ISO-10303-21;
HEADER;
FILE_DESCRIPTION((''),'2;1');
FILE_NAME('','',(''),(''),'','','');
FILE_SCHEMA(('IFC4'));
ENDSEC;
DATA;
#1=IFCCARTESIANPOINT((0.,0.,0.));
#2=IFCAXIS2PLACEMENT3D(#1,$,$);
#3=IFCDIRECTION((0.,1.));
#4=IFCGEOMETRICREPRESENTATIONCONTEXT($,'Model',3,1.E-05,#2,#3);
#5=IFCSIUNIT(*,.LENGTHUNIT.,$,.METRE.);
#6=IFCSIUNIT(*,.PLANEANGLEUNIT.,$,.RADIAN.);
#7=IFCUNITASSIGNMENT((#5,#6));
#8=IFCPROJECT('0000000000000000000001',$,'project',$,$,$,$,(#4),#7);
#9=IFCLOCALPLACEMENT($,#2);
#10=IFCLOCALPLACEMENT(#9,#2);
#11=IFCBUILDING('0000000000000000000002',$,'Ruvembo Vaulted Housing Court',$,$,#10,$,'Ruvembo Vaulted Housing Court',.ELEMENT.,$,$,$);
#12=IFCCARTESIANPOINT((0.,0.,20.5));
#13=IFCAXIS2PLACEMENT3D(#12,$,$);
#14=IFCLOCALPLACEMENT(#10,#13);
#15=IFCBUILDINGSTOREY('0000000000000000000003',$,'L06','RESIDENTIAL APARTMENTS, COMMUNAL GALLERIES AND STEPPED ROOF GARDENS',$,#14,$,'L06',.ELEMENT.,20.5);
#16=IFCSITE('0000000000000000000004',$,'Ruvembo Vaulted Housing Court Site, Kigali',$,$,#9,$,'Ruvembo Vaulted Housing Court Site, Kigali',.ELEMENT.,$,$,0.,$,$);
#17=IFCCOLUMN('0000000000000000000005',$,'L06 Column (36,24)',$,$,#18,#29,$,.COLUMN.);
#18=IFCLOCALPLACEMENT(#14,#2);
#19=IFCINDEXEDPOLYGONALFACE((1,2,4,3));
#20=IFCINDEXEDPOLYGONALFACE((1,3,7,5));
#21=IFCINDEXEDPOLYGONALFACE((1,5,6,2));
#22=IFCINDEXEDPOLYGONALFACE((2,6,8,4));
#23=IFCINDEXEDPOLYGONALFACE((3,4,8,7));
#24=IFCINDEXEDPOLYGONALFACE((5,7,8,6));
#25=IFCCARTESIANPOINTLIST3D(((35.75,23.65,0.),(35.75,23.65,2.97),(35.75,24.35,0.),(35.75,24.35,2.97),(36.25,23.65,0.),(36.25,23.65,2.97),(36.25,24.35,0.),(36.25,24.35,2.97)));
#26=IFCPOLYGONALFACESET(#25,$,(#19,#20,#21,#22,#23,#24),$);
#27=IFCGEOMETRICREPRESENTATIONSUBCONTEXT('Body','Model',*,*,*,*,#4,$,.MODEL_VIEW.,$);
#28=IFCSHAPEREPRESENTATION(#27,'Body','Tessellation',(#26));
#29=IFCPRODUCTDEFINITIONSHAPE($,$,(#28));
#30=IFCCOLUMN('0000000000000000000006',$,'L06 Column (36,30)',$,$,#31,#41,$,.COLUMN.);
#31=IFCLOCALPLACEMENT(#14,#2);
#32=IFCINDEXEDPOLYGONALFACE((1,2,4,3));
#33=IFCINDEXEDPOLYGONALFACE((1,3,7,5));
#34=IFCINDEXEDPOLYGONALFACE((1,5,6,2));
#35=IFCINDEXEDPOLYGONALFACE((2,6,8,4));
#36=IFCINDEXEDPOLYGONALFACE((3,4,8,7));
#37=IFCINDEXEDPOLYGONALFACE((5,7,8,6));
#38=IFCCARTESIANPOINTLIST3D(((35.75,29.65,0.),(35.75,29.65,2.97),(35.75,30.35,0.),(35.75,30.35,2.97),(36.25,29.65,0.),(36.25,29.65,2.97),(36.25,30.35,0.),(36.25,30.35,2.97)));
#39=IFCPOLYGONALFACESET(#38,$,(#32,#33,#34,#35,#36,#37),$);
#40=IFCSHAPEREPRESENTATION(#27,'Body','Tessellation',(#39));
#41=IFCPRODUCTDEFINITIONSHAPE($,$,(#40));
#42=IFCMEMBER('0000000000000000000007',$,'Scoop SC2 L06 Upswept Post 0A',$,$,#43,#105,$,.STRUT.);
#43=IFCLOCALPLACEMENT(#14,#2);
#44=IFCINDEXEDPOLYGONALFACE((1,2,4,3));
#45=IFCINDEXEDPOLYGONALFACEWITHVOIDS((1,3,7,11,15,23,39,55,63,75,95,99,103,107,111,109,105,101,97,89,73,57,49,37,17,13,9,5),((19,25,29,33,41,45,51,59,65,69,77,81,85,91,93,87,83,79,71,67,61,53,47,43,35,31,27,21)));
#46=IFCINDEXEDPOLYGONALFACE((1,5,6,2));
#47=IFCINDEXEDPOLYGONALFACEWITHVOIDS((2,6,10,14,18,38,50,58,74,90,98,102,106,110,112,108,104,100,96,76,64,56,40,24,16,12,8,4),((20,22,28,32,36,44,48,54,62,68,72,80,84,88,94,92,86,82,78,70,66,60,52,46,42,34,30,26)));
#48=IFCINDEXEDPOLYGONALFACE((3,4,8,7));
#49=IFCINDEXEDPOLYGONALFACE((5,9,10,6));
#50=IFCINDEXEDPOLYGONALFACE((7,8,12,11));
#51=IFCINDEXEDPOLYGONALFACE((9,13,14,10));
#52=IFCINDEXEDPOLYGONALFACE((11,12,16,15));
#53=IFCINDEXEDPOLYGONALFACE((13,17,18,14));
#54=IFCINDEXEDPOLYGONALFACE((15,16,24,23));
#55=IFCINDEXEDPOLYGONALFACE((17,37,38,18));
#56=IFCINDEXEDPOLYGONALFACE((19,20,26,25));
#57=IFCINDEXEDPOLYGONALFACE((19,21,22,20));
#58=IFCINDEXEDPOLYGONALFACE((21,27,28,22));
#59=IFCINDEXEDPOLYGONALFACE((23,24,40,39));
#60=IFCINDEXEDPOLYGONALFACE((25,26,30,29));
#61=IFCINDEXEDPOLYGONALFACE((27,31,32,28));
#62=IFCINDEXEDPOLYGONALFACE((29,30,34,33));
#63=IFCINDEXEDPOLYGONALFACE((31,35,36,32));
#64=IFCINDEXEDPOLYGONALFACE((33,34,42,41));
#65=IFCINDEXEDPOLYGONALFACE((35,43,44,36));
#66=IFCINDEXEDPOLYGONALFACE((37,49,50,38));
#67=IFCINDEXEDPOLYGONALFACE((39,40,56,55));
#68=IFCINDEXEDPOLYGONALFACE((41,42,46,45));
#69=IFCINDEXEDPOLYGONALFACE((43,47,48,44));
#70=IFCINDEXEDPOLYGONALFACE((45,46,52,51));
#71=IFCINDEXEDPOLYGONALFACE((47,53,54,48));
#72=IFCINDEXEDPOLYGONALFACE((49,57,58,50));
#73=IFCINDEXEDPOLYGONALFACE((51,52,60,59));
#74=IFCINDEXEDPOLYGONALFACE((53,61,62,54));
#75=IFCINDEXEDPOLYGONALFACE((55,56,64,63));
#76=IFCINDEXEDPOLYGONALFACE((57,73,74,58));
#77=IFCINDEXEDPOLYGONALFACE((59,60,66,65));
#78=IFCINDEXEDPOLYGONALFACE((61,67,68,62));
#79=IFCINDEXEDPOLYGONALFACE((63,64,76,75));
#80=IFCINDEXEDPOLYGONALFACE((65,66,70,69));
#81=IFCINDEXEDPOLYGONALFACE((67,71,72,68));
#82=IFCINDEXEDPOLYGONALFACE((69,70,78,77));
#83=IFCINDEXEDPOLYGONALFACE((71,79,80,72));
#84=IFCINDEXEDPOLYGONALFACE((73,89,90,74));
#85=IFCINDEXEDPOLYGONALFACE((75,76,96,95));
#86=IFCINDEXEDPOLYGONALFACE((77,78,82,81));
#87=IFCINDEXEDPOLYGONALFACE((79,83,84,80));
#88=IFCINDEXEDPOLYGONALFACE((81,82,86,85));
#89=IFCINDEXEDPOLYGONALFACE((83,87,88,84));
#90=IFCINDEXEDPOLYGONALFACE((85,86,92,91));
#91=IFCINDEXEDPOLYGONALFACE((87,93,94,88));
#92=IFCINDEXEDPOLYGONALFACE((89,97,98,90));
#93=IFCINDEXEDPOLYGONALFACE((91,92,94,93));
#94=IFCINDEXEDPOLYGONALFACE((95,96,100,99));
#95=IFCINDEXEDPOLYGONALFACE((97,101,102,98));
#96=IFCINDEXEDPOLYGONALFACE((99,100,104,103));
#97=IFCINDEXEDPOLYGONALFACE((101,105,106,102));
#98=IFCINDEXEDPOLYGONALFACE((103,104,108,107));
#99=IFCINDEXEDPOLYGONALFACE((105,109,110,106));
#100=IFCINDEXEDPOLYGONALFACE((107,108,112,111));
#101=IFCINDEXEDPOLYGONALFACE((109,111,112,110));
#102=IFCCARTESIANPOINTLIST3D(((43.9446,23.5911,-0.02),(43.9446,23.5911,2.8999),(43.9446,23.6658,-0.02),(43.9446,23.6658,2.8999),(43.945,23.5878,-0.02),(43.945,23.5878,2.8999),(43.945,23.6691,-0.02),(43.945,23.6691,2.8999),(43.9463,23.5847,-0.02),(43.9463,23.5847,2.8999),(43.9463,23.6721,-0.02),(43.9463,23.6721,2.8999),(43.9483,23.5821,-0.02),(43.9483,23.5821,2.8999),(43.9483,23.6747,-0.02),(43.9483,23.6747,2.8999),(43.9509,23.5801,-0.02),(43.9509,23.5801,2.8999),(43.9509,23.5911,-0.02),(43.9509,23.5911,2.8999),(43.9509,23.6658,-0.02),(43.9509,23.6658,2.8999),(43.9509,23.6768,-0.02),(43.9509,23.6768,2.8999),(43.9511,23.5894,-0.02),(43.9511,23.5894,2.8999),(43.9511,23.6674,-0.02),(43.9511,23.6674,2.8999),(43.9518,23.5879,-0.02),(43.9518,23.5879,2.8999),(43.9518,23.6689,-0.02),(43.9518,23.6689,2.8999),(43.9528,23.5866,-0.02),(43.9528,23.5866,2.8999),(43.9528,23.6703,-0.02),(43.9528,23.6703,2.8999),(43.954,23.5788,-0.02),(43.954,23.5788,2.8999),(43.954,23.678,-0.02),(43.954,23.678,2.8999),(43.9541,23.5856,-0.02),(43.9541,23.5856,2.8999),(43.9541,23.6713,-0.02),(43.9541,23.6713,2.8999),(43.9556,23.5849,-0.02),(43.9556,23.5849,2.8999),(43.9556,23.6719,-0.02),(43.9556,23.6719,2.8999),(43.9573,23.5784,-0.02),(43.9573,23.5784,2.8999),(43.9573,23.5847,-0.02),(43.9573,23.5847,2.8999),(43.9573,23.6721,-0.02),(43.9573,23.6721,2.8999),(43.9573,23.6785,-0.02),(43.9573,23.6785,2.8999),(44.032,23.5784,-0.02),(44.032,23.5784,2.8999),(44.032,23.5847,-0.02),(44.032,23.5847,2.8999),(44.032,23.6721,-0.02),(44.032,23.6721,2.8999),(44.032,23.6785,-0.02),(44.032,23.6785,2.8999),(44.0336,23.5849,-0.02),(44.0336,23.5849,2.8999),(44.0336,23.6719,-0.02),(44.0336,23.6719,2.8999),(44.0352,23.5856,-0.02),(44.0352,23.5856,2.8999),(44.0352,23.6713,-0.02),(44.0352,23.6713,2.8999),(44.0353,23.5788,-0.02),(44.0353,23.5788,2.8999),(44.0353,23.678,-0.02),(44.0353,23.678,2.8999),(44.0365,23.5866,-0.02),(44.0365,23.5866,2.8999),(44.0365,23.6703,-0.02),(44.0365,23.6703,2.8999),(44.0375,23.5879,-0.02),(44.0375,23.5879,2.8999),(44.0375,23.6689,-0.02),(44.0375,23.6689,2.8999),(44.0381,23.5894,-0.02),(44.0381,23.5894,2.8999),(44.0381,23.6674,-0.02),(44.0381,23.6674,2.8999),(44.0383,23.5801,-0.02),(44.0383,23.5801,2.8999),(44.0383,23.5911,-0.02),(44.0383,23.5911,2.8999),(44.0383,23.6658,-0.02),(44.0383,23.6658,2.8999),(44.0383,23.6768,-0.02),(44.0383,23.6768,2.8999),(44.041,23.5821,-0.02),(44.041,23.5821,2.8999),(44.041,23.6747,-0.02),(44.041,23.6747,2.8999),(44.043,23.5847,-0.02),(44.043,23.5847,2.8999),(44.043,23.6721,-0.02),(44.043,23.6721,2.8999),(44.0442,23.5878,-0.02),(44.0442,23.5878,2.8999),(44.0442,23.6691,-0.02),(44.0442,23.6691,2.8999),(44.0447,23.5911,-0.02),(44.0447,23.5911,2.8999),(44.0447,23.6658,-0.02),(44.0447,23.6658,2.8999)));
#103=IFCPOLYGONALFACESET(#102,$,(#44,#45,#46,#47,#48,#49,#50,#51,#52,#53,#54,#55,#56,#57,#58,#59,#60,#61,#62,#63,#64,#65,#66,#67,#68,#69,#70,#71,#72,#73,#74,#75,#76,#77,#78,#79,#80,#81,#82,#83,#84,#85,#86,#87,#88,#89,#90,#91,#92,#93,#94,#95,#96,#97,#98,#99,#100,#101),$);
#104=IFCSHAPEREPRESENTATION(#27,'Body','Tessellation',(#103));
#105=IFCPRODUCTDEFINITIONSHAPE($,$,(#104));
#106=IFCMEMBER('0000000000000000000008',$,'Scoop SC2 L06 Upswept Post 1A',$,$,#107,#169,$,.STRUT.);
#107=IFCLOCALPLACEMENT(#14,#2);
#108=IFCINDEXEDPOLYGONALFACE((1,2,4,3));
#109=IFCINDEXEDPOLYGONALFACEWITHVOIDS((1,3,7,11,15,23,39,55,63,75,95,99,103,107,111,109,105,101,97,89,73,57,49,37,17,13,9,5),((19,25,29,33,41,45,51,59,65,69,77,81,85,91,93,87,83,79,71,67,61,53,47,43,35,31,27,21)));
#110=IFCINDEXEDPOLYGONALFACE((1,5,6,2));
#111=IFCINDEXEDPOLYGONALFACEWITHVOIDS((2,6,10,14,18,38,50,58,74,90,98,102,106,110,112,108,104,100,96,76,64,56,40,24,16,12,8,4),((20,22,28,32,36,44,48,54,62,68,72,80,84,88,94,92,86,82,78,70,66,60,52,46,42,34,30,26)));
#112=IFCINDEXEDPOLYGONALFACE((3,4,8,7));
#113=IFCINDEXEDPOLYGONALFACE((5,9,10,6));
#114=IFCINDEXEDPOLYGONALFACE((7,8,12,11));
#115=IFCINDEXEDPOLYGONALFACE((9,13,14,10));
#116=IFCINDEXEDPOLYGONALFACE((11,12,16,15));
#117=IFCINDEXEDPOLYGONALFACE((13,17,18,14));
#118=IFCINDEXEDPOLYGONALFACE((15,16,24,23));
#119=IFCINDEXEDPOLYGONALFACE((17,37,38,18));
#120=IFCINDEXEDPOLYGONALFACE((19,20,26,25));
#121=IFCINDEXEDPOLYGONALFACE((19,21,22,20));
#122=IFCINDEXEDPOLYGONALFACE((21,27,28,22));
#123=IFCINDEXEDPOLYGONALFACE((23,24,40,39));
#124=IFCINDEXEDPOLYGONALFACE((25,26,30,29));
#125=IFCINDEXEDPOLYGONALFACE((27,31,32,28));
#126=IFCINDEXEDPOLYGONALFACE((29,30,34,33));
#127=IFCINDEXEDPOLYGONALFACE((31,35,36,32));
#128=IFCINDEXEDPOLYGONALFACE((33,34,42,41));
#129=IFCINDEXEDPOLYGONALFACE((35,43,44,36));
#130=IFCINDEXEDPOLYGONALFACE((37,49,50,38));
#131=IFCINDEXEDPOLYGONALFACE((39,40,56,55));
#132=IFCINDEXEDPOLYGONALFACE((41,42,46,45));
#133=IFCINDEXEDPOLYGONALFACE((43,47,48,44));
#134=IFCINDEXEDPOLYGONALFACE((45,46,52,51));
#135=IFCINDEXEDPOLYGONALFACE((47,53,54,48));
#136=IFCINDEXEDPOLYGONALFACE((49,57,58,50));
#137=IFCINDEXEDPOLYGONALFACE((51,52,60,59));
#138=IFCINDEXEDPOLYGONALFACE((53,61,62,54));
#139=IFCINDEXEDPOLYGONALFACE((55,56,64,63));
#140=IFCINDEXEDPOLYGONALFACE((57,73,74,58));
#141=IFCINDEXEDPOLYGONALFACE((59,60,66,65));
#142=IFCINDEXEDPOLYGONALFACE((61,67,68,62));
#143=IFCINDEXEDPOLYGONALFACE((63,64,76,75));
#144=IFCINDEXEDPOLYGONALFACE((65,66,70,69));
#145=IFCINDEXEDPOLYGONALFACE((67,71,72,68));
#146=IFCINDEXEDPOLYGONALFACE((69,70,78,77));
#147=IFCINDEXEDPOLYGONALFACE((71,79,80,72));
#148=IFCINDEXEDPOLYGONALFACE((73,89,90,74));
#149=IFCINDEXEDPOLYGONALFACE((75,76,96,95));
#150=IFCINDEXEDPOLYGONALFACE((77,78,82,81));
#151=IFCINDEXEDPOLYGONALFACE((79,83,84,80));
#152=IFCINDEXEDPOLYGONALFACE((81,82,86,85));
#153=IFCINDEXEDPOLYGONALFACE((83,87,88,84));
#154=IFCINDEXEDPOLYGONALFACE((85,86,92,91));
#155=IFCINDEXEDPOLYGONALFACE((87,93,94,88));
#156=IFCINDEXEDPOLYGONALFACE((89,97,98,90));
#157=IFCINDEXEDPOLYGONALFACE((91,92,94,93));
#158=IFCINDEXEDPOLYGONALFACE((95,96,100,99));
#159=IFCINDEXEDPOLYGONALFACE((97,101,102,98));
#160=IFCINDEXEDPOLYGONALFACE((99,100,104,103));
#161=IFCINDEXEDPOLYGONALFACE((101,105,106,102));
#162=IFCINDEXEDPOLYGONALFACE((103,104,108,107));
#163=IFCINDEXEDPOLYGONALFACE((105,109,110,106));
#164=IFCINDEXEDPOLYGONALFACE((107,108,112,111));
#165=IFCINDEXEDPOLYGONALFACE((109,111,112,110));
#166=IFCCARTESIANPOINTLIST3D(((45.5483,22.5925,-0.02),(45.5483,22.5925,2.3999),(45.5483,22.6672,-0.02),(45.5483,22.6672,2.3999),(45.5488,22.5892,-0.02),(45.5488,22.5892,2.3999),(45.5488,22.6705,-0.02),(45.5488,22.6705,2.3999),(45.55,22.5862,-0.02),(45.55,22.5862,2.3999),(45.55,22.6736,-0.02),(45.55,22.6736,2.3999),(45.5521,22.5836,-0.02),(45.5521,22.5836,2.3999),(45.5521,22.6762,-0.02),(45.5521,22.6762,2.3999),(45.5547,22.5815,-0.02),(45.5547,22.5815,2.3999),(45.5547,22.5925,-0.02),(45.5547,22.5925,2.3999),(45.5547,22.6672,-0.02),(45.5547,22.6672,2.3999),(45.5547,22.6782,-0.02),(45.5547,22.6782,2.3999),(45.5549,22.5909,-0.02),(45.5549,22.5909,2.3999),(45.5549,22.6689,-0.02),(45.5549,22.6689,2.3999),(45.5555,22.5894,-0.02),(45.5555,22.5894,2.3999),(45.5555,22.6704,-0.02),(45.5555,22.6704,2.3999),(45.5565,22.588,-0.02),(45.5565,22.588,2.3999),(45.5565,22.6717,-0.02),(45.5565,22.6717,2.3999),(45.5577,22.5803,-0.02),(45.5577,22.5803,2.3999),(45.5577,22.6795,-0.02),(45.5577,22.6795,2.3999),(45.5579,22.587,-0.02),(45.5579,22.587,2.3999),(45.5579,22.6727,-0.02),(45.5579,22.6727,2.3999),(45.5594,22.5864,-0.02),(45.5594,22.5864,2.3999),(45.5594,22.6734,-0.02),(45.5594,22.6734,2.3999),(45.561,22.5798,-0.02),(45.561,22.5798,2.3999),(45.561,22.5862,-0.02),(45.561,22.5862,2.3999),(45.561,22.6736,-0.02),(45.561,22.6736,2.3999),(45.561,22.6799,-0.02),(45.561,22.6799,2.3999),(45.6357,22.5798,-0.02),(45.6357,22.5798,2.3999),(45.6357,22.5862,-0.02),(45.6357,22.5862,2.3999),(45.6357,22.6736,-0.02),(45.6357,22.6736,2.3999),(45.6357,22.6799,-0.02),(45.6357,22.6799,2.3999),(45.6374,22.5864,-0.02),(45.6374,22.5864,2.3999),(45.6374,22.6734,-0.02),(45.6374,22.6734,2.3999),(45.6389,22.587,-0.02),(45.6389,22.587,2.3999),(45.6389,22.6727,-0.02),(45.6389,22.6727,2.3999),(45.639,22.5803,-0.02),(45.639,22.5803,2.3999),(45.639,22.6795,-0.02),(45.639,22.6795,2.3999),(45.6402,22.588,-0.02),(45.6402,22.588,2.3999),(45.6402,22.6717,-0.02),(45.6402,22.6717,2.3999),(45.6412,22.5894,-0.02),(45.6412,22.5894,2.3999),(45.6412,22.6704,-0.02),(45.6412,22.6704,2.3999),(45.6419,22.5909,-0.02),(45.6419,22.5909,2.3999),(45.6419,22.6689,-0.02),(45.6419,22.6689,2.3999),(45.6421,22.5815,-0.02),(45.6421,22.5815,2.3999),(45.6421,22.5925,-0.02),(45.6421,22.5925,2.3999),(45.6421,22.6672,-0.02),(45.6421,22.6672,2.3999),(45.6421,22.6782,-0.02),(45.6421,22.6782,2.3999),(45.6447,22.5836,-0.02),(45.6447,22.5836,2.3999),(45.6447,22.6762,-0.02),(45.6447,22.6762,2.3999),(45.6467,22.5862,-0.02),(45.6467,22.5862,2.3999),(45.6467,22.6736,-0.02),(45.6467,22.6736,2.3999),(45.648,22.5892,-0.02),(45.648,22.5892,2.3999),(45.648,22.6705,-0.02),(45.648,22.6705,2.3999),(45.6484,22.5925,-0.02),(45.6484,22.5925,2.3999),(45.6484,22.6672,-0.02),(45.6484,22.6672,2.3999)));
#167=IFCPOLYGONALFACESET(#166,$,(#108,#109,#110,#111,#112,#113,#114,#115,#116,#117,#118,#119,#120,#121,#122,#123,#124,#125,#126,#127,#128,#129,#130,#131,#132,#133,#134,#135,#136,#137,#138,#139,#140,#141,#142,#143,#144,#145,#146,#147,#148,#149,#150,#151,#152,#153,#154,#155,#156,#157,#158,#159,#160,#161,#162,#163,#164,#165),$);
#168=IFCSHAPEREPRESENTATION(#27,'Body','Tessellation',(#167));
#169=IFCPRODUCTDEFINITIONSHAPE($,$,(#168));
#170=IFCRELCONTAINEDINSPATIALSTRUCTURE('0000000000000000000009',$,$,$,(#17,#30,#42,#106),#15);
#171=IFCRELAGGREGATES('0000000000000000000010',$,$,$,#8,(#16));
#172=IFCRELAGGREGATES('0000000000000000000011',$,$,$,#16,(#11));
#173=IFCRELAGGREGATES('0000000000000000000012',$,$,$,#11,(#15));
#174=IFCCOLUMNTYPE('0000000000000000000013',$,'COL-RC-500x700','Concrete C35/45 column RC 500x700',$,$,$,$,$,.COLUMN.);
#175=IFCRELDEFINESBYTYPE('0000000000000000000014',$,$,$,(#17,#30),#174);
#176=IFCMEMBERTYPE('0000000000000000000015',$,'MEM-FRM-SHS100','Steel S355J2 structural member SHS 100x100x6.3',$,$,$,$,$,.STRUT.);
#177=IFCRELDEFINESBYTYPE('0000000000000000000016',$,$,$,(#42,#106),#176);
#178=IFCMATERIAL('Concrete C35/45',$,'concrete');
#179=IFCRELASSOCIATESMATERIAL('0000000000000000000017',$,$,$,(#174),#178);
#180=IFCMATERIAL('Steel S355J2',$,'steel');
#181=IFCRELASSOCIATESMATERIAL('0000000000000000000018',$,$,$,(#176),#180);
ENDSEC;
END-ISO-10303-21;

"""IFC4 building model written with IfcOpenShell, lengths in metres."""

from ifc_helpers import new_model, si_unit, direction, frame, origin, origin_2d, place, context, subcontext, project, spatial, rectangle, hollow_rectangle, extrude, material, material_profile, profile_set, type_object, element, save


model = new_model("IFC4")

# Units and contexts
model_context = context("Model", 3, precision=1e-05, world=origin(), true_north=direction((0.0, 1.0)))
body_context = subcontext(model_context, "Body", "Model", "MODEL_VIEW")
ifc_project = project(units=[si_unit("LENGTHUNIT", "METRE"), si_unit("PLANEANGLEUNIT", "RADIAN")], contexts=[model_context])

# Site, building, storey
site_placement = place(None, origin())
site = spatial("IfcSite", under=ifc_project, at=site_placement, Name="Ruvembo Vaulted Housing Court Site, Kigali", LongName="Ruvembo Vaulted Housing Court Site, Kigali", CompositionType="ELEMENT", RefElevation=0.0)
building_placement = place(site_placement, origin())
building = spatial("IfcBuilding", under=site, at=building_placement, Name="Ruvembo Vaulted Housing Court", LongName="Ruvembo Vaulted Housing Court", CompositionType="ELEMENT")
storey_placement = place(building_placement, frame((0.0, 0.0, 20.5)))
storey = spatial("IfcBuildingStorey", under=building, at=storey_placement, Name="L06", Description="RESIDENTIAL APARTMENTS, COMMUNAL GALLERIES AND STEPPED ROOF GARDENS", LongName="L06", CompositionType="ELEMENT", Elevation=20.5)

# Columns
ifc_material_1 = material(Name="Concrete C35/45", Category="concrete")
ifc_material_profile_1 = material_profile(ifc_material_1, rectangle(XDim=0.5, YDim=0.7, at=origin_2d()), Name="RC 500x700")
ifc_profile_set_1 = profile_set([ifc_material_profile_1], Name="Concrete C35/45")
column_type = type_object("IfcColumnType", Name="COL-RC-500x700", Description="Concrete C35/45 column RC 500x700", PredefinedType="COLUMN", material=ifc_profile_set_1)
for number, where, z_axis, x_axis, name in (
    (1, (36.0, 24.0, 0.0), (0.0, 0.0, 1.0), (1.0, 0.0, 0.0), "L06 Column (36,24)"),
    (2, (36.0, 30.0, 0.0), (0.0, 0.0, 1.0), (1.0, 0.0, 0.0), "L06 Column (36,30)"),
):
    element("IfcColumn", number, at=place(storey_placement, frame(where, z_axis=z_axis, x_axis=x_axis)), inside=storey, type_object=column_type, Name=name, PredefinedType="COLUMN", context=body_context, shape_type="SweptSolid", body=[
        extrude(rectangle(XDim=0.5, YDim=0.7, at=origin_2d()), origin(), (0.0, 0.0, 1.0), 2.97),
    ])

# Members
ifc_material_2 = material(Name="Steel S355J2", Category="steel")
ifc_material_profile_2 = material_profile(ifc_material_2, hollow_rectangle(XDim=0.1001, YDim=0.1001, WallThickness=0.0063, InnerFilletRadius=0.0063, OuterFilletRadius=0.0127, at=origin_2d()), Name="SHS 100x100x6.3")
ifc_profile_set_2 = profile_set([ifc_material_profile_2], Name="Steel S355J2")
member_type_1 = type_object("IfcMemberType", Name="MEM-FRM-SHS100", Description="Steel S355J2 structural member SHS 100x100x6.3", PredefinedType="STRUT", material=ifc_profile_set_2)
member_1_placement = place(storey_placement, frame((43.9946, 23.6284, -0.02), z_axis=(0.0, 0.0, 1.0), x_axis=(1.0, 0.0, 0.0)))
element("IfcMember", 3, at=member_1_placement, inside=storey, type_object=member_type_1, Name="Scoop SC2 L06 Upswept Post 0A", PredefinedType="STRUT", context=body_context, shape_type="SweptSolid", body=[
    extrude(hollow_rectangle(XDim=0.1001, YDim=0.1001, WallThickness=0.0063, InnerFilletRadius=0.0063, OuterFilletRadius=0.0127, at=origin_2d()), origin(), (0.0, 0.0, 1.0), 2.9199),
])
member_2_placement = place(storey_placement, frame((45.5984, 22.6299, -0.02), z_axis=(0.0, 0.0, 1.0), x_axis=(1.0, 0.0, 0.0)))
element("IfcMember", 4, at=member_2_placement, inside=storey, type_object=member_type_1, Name="Scoop SC2 L06 Upswept Post 1A", PredefinedType="STRUT", context=body_context, shape_type="SweptSolid", body=[
    extrude(hollow_rectangle(XDim=0.1001, YDim=0.1001, WallThickness=0.0063, InnerFilletRadius=0.0063, OuterFilletRadius=0.0127, at=origin_2d()), origin(), (0.0, 0.0, 1.0), 2.4199),
])

save(model, "model.ifc")
